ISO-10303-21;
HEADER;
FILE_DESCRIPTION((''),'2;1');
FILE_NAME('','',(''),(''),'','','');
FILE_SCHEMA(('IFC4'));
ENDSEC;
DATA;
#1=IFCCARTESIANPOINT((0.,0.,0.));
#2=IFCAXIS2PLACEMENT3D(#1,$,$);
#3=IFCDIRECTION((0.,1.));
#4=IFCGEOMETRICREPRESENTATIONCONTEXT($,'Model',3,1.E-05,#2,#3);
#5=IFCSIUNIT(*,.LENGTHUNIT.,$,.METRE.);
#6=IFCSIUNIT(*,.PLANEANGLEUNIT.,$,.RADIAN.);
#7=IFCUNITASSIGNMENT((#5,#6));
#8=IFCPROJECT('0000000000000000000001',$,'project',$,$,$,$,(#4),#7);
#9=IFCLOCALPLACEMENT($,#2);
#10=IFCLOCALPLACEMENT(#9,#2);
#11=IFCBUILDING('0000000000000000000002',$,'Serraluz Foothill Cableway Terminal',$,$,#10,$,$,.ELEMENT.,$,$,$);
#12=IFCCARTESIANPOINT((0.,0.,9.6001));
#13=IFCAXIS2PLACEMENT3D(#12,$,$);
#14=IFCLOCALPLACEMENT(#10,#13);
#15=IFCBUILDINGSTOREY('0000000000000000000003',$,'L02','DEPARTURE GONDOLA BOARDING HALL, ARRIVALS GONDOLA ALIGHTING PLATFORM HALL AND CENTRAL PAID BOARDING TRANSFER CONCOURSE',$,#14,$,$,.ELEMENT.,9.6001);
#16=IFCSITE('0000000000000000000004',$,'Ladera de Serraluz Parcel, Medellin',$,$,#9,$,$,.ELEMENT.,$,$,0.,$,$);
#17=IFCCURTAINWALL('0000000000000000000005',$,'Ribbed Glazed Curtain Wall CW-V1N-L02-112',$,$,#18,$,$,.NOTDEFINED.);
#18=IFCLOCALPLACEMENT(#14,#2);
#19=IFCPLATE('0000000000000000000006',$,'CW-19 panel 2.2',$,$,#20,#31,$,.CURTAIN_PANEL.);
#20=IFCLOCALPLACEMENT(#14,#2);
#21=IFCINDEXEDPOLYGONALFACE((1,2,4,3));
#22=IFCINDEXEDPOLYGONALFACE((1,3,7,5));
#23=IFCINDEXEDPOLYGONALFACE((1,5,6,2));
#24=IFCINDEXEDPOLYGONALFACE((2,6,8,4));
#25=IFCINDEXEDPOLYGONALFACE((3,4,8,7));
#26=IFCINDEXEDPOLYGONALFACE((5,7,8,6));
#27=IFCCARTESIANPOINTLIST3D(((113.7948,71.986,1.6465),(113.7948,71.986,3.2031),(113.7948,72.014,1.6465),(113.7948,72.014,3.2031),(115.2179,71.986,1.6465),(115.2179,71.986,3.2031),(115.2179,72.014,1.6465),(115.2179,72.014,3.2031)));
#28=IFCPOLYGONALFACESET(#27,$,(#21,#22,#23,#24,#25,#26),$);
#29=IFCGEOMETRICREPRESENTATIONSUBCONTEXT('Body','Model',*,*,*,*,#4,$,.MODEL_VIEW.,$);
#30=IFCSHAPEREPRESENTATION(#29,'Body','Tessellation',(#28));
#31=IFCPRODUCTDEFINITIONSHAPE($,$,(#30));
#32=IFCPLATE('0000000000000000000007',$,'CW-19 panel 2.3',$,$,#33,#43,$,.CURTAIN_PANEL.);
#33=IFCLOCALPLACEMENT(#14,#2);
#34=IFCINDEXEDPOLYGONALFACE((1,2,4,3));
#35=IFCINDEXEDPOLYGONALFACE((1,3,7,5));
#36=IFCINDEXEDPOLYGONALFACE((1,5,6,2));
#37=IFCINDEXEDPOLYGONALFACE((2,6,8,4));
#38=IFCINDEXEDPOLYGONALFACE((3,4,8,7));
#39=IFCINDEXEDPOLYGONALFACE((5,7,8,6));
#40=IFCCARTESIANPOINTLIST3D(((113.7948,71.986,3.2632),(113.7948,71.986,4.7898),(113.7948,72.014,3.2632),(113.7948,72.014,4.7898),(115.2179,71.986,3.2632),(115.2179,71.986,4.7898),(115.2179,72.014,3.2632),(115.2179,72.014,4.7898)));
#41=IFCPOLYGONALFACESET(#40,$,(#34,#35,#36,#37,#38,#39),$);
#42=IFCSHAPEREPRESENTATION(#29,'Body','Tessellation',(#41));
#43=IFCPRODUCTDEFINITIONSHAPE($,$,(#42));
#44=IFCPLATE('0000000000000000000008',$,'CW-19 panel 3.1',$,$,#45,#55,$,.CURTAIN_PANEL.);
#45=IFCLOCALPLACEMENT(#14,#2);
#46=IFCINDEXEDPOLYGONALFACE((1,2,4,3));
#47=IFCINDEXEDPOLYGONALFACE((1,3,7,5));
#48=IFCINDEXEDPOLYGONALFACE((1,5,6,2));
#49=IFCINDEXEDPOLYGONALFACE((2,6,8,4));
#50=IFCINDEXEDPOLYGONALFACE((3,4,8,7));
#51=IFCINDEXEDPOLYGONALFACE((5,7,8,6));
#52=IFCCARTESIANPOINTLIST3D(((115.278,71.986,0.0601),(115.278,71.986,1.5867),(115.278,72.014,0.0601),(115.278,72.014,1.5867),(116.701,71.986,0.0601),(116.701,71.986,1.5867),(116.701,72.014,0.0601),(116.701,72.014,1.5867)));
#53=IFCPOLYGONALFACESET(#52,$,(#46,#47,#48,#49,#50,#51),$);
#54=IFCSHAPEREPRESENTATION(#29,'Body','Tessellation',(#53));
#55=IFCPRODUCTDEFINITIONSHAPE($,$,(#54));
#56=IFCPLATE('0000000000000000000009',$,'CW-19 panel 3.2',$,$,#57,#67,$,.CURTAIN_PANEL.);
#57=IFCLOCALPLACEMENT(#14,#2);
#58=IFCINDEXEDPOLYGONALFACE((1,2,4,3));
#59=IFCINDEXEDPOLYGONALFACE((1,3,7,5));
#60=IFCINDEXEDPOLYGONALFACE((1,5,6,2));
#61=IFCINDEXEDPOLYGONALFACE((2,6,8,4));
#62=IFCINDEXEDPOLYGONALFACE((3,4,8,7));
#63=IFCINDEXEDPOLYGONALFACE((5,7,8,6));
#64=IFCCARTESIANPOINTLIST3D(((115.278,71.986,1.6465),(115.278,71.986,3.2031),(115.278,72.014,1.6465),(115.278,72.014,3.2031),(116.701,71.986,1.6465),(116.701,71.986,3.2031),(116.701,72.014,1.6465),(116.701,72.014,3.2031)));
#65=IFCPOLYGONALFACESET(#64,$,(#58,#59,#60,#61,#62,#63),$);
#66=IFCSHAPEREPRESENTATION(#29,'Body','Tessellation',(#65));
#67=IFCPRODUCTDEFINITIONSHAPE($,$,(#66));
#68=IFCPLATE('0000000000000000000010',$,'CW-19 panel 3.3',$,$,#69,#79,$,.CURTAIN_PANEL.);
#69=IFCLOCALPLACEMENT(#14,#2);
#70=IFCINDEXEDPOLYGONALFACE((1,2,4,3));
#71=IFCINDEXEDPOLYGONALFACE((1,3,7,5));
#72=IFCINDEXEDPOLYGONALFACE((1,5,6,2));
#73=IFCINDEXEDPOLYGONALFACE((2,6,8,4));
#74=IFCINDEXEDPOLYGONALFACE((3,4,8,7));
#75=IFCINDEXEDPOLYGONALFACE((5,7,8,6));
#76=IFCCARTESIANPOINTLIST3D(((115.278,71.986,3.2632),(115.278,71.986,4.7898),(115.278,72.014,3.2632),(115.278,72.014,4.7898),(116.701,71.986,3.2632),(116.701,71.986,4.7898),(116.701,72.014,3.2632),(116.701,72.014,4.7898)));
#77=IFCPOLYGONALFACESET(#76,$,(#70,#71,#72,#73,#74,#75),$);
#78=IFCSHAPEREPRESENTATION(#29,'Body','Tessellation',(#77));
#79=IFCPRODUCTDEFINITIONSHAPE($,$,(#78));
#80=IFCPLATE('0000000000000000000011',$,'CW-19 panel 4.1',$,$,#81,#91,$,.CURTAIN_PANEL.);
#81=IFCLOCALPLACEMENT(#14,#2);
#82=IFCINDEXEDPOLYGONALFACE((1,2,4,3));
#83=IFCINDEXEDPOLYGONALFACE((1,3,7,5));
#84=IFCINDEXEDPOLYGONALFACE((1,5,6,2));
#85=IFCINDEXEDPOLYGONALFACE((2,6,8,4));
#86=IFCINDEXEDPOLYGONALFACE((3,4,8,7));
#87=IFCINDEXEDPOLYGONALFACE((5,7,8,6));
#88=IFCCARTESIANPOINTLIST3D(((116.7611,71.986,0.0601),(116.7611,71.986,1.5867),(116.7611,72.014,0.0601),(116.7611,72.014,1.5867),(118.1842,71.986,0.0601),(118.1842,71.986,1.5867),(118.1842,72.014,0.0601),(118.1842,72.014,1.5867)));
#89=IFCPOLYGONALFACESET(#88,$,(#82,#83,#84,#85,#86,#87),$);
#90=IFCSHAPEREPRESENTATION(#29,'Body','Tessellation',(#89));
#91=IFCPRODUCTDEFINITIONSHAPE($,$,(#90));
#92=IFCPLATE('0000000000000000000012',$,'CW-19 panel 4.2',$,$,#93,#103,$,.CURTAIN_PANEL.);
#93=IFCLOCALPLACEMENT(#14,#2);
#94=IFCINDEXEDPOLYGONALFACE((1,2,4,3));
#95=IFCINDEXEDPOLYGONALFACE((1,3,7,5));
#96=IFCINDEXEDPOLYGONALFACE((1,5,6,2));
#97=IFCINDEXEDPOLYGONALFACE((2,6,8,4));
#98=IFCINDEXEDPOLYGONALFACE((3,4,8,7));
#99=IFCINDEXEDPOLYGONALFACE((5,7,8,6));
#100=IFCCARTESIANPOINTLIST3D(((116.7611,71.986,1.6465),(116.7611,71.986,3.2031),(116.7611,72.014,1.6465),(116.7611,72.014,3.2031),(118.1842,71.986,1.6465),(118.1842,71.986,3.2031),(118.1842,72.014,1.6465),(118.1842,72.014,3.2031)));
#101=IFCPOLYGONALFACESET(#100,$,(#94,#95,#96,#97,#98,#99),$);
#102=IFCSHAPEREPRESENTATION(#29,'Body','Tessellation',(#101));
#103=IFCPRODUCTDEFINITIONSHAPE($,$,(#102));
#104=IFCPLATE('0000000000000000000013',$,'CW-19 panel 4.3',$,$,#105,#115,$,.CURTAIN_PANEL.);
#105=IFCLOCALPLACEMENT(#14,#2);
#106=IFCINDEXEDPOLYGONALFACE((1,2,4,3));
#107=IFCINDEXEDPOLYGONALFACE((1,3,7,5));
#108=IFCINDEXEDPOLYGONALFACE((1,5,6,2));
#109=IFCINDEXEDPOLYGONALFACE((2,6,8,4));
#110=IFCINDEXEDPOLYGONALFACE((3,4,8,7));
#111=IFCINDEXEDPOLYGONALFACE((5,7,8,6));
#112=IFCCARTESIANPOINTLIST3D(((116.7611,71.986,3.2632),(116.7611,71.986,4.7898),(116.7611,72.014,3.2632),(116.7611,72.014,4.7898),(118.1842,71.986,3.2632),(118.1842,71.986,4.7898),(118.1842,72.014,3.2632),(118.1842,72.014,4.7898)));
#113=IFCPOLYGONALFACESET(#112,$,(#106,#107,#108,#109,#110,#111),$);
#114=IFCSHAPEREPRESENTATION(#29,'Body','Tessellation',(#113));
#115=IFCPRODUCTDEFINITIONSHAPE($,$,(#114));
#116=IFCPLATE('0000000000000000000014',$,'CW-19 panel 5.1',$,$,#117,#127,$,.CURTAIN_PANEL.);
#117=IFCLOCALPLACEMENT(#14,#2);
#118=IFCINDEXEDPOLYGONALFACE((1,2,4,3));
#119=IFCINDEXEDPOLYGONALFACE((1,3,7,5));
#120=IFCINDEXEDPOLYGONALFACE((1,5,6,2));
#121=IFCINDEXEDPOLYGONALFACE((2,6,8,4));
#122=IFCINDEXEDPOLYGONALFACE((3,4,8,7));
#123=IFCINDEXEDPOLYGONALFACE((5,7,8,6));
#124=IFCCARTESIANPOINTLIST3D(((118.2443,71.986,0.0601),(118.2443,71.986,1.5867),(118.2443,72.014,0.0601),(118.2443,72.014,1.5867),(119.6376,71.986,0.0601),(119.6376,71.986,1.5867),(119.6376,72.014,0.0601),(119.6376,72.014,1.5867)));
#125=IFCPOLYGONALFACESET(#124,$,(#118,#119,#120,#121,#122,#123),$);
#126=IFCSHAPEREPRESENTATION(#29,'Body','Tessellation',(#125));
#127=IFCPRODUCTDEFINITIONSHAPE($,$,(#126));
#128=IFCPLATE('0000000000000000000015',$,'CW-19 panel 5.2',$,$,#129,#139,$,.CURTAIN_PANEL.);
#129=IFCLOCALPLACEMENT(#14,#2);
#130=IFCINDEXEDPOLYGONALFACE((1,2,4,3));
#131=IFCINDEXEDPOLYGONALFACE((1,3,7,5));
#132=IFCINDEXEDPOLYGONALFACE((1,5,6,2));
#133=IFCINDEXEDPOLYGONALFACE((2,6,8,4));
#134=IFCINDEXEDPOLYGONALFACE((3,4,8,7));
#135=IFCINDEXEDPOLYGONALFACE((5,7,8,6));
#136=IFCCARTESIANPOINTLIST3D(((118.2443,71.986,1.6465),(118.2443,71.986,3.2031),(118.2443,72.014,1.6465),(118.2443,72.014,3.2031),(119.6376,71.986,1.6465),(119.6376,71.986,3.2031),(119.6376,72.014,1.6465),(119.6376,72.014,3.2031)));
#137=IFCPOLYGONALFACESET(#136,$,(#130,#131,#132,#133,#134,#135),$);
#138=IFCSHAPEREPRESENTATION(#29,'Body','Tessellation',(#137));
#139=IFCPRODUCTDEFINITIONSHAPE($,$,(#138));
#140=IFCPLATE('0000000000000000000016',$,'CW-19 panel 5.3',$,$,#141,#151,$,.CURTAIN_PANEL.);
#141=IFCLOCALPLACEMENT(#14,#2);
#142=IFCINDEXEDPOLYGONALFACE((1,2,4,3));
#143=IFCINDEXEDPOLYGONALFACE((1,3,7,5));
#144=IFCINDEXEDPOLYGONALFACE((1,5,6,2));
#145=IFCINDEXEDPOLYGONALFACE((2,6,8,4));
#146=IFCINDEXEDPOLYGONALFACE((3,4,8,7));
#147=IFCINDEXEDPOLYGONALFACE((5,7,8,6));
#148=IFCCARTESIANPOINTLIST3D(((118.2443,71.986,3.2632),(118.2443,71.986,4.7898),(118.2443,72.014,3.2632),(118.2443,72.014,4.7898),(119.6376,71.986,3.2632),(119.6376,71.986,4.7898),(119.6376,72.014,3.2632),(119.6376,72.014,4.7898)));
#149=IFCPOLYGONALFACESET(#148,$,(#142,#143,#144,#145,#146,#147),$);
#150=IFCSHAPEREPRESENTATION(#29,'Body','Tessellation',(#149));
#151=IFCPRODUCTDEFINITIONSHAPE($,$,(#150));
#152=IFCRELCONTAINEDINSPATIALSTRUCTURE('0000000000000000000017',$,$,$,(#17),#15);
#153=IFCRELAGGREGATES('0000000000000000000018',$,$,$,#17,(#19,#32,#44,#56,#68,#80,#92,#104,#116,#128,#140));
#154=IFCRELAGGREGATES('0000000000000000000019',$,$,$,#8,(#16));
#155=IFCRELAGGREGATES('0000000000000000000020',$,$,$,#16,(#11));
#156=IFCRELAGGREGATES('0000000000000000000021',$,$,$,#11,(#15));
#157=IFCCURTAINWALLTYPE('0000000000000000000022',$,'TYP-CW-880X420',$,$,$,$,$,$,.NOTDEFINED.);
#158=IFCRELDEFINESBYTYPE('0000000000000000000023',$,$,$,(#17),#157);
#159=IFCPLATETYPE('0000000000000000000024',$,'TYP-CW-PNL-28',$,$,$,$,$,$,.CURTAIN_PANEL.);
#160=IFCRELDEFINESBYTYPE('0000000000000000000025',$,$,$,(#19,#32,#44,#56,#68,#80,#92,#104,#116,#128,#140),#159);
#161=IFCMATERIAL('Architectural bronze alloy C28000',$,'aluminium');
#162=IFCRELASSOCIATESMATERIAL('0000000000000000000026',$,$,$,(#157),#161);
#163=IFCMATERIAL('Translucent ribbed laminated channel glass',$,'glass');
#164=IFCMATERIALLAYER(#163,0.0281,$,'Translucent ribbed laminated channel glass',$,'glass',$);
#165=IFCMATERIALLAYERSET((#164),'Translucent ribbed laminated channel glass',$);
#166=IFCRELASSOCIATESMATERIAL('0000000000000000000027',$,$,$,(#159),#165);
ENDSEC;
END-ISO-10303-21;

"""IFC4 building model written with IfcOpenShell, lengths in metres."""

from ifc_helpers import new_model, si_unit, direction, frame, origin, origin_2d, place, context, subcontext, project, spatial, rectangle, extrude, material, layer, layer_set, type_object, element, aggregate, save


model = new_model("IFC4")

# Units and contexts
model_context = context("Model", 3, precision=1e-05, world=origin(), true_north=direction((0.0, 1.0)))
body_context = subcontext(model_context, "Body", "Model", "MODEL_VIEW")
ifc_project = project(units=[si_unit("LENGTHUNIT", "METRE"), si_unit("PLANEANGLEUNIT", "RADIAN")], contexts=[model_context])

# Site, building, storey
site_placement = place(None, origin())
site = spatial("IfcSite", under=ifc_project, at=site_placement, Name="Ladera de Serraluz Parcel, Medellin", CompositionType="ELEMENT", RefElevation=0.0)
building_placement = place(site_placement, origin())
building = spatial("IfcBuilding", under=site, at=building_placement, Name="Serraluz Foothill Cableway Terminal", CompositionType="ELEMENT")
storey_placement = place(building_placement, frame((0.0, 0.0, 9.6001)))
storey = spatial("IfcBuildingStorey", under=building, at=storey_placement, Name="L02", Description="DEPARTURE GONDOLA BOARDING HALL, ARRIVALS GONDOLA ALIGHTING PLATFORM HALL AND CENTRAL PAID BOARDING TRANSFER CONCOURSE", CompositionType="ELEMENT", Elevation=9.6001)

# Curtain wall, plates
ifc_material_1 = material(Name="Architectural bronze alloy C28000", Category="aluminium")
curtain_wall_type = type_object("IfcCurtainWallType", Name="TYP-CW-880X420", PredefinedType="NOTDEFINED", material=ifc_material_1)
curtain_wall_placement = place(storey_placement, origin())
curtain_wall = element("IfcCurtainWall", 1, at=curtain_wall_placement, inside=storey, type_object=curtain_wall_type, Name="Ribbed Glazed Curtain Wall CW-V1N-L02-112", PredefinedType="NOTDEFINED")
ifc_material_2 = material(Name="Translucent ribbed laminated channel glass", Category="glass")
ifc_layer = layer(ifc_material_2, 0.0281, Name="Translucent ribbed laminated channel glass", Category="glass")
ifc_layer_set = layer_set([ifc_layer], Name="Translucent ribbed laminated channel glass")
plate_type = type_object("IfcPlateType", Name="TYP-CW-PNL-28", PredefinedType="CURTAIN_PANEL", material=ifc_layer_set)
plate_1_placement = place(storey_placement, frame((114.5063, 72.0, 1.6465), z_axis=(0.0, 0.0, 1.0), x_axis=(1.0, 0.0, 0.0)))
plate_1 = element("IfcPlate", 2, at=plate_1_placement, type_object=plate_type, Name="CW-19 panel 2.2", PredefinedType="CURTAIN_PANEL", context=body_context, shape_type="SweptSolid", body=[
    extrude(rectangle(XDim=1.4231, YDim=0.0281, at=origin_2d()), origin(), (0.0, 0.0, 1.0), 1.5566),
])
plate_2_placement = place(storey_placement, frame((114.5063, 72.0, 3.2632), z_axis=(0.0, 0.0, 1.0), x_axis=(1.0, 0.0, 0.0)))
plate_2 = element("IfcPlate", 3, at=plate_2_placement, type_object=plate_type, Name="CW-19 panel 2.3", PredefinedType="CURTAIN_PANEL", context=body_context, shape_type="SweptSolid", body=[
    extrude(rectangle(XDim=1.4231, YDim=0.0281, at=origin_2d()), origin(), (0.0, 0.0, 1.0), 1.5266),
])
plate_3_placement = place(storey_placement, frame((115.9895, 72.0, 0.0601), z_axis=(0.0, 0.0, 1.0), x_axis=(1.0, 0.0, 0.0)))
plate_3 = element("IfcPlate", 4, at=plate_3_placement, type_object=plate_type, Name="CW-19 panel 3.1", PredefinedType="CURTAIN_PANEL", context=body_context, shape_type="SweptSolid", body=[
    extrude(rectangle(XDim=1.4231, YDim=0.0281, at=origin_2d()), origin(), (0.0, 0.0, 1.0), 1.5266),
])
plate_4_placement = place(storey_placement, frame((115.9895, 72.0, 1.6465), z_axis=(0.0, 0.0, 1.0), x_axis=(1.0, 0.0, 0.0)))
plate_4 = element("IfcPlate", 5, at=plate_4_placement, type_object=plate_type, Name="CW-19 panel 3.2", PredefinedType="CURTAIN_PANEL", context=body_context, shape_type="SweptSolid", body=[
    extrude(rectangle(XDim=1.4231, YDim=0.0281, at=origin_2d()), origin(), (0.0, 0.0, 1.0), 1.5566),
])
plate_5_placement = place(storey_placement, frame((115.9895, 72.0, 3.2632), z_axis=(0.0, 0.0, 1.0), x_axis=(1.0, 0.0, 0.0)))
plate_5 = element("IfcPlate", 6, at=plate_5_placement, type_object=plate_type, Name="CW-19 panel 3.3", PredefinedType="CURTAIN_PANEL", context=body_context, shape_type="SweptSolid", body=[
    extrude(rectangle(XDim=1.4231, YDim=0.0281, at=origin_2d()), origin(), (0.0, 0.0, 1.0), 1.5266),
])
plate_6_placement = place(storey_placement, frame((117.4727, 72.0, 0.0601), z_axis=(0.0, 0.0, 1.0), x_axis=(1.0, 0.0, 0.0)))
plate_6 = element("IfcPlate", 7, at=plate_6_placement, type_object=plate_type, Name="CW-19 panel 4.1", PredefinedType="CURTAIN_PANEL", context=body_context, shape_type="SweptSolid", body=[
    extrude(rectangle(XDim=1.4231, YDim=0.0281, at=origin_2d()), origin(), (0.0, 0.0, 1.0), 1.5266),
])
plate_7_placement = place(storey_placement, frame((117.4727, 72.0, 1.6465), z_axis=(0.0, 0.0, 1.0), x_axis=(1.0, 0.0, 0.0)))
plate_7 = element("IfcPlate", 8, at=plate_7_placement, type_object=plate_type, Name="CW-19 panel 4.2", PredefinedType="CURTAIN_PANEL", context=body_context, shape_type="SweptSolid", body=[
    extrude(rectangle(XDim=1.4231, YDim=0.0281, at=origin_2d()), origin(), (0.0, 0.0, 1.0), 1.5566),
])
plate_8_placement = place(storey_placement, frame((117.4727, 72.0, 3.2632), z_axis=(0.0, 0.0, 1.0), x_axis=(1.0, 0.0, 0.0)))
plate_8 = element("IfcPlate", 9, at=plate_8_placement, type_object=plate_type, Name="CW-19 panel 4.3", PredefinedType="CURTAIN_PANEL", context=body_context, shape_type="SweptSolid", body=[
    extrude(rectangle(XDim=1.4231, YDim=0.0281, at=origin_2d()), origin(), (0.0, 0.0, 1.0), 1.5266),
])
plate_9_placement = place(storey_placement, frame((118.9409, 72.0, 0.0601), z_axis=(0.0, 0.0, 1.0), x_axis=(1.0, 0.0, 0.0)))
plate_9 = element("IfcPlate", 10, at=plate_9_placement, type_object=plate_type, Name="CW-19 panel 5.1", PredefinedType="CURTAIN_PANEL", context=body_context, shape_type="SweptSolid", body=[
    extrude(rectangle(XDim=1.3933, YDim=0.0281, at=origin_2d()), origin(), (0.0, 0.0, 1.0), 1.5266),
])
plate_10_placement = place(storey_placement, frame((118.9409, 72.0, 1.6465), z_axis=(0.0, 0.0, 1.0), x_axis=(1.0, 0.0, 0.0)))
plate_10 = element("IfcPlate", 11, at=plate_10_placement, type_object=plate_type, Name="CW-19 panel 5.2", PredefinedType="CURTAIN_PANEL", context=body_context, shape_type="SweptSolid", body=[
    extrude(rectangle(XDim=1.3933, YDim=0.0281, at=origin_2d()), origin(), (0.0, 0.0, 1.0), 1.5566),
])
plate_11_placement = place(storey_placement, frame((118.9409, 72.0, 3.2632), z_axis=(0.0, 0.0, 1.0), x_axis=(1.0, 0.0, 0.0)))
plate_11 = element("IfcPlate", 12, at=plate_11_placement, type_object=plate_type, Name="CW-19 panel 5.3", PredefinedType="CURTAIN_PANEL", context=body_context, shape_type="SweptSolid", body=[
    extrude(rectangle(XDim=1.3933, YDim=0.0281, at=origin_2d()), origin(), (0.0, 0.0, 1.0), 1.5266),
])
aggregate(curtain_wall, [plate_1, plate_2, plate_3, plate_4, plate_5, plate_6, plate_7, plate_8, plate_9, plate_10, plate_11])

save(model, "model.ifc")
